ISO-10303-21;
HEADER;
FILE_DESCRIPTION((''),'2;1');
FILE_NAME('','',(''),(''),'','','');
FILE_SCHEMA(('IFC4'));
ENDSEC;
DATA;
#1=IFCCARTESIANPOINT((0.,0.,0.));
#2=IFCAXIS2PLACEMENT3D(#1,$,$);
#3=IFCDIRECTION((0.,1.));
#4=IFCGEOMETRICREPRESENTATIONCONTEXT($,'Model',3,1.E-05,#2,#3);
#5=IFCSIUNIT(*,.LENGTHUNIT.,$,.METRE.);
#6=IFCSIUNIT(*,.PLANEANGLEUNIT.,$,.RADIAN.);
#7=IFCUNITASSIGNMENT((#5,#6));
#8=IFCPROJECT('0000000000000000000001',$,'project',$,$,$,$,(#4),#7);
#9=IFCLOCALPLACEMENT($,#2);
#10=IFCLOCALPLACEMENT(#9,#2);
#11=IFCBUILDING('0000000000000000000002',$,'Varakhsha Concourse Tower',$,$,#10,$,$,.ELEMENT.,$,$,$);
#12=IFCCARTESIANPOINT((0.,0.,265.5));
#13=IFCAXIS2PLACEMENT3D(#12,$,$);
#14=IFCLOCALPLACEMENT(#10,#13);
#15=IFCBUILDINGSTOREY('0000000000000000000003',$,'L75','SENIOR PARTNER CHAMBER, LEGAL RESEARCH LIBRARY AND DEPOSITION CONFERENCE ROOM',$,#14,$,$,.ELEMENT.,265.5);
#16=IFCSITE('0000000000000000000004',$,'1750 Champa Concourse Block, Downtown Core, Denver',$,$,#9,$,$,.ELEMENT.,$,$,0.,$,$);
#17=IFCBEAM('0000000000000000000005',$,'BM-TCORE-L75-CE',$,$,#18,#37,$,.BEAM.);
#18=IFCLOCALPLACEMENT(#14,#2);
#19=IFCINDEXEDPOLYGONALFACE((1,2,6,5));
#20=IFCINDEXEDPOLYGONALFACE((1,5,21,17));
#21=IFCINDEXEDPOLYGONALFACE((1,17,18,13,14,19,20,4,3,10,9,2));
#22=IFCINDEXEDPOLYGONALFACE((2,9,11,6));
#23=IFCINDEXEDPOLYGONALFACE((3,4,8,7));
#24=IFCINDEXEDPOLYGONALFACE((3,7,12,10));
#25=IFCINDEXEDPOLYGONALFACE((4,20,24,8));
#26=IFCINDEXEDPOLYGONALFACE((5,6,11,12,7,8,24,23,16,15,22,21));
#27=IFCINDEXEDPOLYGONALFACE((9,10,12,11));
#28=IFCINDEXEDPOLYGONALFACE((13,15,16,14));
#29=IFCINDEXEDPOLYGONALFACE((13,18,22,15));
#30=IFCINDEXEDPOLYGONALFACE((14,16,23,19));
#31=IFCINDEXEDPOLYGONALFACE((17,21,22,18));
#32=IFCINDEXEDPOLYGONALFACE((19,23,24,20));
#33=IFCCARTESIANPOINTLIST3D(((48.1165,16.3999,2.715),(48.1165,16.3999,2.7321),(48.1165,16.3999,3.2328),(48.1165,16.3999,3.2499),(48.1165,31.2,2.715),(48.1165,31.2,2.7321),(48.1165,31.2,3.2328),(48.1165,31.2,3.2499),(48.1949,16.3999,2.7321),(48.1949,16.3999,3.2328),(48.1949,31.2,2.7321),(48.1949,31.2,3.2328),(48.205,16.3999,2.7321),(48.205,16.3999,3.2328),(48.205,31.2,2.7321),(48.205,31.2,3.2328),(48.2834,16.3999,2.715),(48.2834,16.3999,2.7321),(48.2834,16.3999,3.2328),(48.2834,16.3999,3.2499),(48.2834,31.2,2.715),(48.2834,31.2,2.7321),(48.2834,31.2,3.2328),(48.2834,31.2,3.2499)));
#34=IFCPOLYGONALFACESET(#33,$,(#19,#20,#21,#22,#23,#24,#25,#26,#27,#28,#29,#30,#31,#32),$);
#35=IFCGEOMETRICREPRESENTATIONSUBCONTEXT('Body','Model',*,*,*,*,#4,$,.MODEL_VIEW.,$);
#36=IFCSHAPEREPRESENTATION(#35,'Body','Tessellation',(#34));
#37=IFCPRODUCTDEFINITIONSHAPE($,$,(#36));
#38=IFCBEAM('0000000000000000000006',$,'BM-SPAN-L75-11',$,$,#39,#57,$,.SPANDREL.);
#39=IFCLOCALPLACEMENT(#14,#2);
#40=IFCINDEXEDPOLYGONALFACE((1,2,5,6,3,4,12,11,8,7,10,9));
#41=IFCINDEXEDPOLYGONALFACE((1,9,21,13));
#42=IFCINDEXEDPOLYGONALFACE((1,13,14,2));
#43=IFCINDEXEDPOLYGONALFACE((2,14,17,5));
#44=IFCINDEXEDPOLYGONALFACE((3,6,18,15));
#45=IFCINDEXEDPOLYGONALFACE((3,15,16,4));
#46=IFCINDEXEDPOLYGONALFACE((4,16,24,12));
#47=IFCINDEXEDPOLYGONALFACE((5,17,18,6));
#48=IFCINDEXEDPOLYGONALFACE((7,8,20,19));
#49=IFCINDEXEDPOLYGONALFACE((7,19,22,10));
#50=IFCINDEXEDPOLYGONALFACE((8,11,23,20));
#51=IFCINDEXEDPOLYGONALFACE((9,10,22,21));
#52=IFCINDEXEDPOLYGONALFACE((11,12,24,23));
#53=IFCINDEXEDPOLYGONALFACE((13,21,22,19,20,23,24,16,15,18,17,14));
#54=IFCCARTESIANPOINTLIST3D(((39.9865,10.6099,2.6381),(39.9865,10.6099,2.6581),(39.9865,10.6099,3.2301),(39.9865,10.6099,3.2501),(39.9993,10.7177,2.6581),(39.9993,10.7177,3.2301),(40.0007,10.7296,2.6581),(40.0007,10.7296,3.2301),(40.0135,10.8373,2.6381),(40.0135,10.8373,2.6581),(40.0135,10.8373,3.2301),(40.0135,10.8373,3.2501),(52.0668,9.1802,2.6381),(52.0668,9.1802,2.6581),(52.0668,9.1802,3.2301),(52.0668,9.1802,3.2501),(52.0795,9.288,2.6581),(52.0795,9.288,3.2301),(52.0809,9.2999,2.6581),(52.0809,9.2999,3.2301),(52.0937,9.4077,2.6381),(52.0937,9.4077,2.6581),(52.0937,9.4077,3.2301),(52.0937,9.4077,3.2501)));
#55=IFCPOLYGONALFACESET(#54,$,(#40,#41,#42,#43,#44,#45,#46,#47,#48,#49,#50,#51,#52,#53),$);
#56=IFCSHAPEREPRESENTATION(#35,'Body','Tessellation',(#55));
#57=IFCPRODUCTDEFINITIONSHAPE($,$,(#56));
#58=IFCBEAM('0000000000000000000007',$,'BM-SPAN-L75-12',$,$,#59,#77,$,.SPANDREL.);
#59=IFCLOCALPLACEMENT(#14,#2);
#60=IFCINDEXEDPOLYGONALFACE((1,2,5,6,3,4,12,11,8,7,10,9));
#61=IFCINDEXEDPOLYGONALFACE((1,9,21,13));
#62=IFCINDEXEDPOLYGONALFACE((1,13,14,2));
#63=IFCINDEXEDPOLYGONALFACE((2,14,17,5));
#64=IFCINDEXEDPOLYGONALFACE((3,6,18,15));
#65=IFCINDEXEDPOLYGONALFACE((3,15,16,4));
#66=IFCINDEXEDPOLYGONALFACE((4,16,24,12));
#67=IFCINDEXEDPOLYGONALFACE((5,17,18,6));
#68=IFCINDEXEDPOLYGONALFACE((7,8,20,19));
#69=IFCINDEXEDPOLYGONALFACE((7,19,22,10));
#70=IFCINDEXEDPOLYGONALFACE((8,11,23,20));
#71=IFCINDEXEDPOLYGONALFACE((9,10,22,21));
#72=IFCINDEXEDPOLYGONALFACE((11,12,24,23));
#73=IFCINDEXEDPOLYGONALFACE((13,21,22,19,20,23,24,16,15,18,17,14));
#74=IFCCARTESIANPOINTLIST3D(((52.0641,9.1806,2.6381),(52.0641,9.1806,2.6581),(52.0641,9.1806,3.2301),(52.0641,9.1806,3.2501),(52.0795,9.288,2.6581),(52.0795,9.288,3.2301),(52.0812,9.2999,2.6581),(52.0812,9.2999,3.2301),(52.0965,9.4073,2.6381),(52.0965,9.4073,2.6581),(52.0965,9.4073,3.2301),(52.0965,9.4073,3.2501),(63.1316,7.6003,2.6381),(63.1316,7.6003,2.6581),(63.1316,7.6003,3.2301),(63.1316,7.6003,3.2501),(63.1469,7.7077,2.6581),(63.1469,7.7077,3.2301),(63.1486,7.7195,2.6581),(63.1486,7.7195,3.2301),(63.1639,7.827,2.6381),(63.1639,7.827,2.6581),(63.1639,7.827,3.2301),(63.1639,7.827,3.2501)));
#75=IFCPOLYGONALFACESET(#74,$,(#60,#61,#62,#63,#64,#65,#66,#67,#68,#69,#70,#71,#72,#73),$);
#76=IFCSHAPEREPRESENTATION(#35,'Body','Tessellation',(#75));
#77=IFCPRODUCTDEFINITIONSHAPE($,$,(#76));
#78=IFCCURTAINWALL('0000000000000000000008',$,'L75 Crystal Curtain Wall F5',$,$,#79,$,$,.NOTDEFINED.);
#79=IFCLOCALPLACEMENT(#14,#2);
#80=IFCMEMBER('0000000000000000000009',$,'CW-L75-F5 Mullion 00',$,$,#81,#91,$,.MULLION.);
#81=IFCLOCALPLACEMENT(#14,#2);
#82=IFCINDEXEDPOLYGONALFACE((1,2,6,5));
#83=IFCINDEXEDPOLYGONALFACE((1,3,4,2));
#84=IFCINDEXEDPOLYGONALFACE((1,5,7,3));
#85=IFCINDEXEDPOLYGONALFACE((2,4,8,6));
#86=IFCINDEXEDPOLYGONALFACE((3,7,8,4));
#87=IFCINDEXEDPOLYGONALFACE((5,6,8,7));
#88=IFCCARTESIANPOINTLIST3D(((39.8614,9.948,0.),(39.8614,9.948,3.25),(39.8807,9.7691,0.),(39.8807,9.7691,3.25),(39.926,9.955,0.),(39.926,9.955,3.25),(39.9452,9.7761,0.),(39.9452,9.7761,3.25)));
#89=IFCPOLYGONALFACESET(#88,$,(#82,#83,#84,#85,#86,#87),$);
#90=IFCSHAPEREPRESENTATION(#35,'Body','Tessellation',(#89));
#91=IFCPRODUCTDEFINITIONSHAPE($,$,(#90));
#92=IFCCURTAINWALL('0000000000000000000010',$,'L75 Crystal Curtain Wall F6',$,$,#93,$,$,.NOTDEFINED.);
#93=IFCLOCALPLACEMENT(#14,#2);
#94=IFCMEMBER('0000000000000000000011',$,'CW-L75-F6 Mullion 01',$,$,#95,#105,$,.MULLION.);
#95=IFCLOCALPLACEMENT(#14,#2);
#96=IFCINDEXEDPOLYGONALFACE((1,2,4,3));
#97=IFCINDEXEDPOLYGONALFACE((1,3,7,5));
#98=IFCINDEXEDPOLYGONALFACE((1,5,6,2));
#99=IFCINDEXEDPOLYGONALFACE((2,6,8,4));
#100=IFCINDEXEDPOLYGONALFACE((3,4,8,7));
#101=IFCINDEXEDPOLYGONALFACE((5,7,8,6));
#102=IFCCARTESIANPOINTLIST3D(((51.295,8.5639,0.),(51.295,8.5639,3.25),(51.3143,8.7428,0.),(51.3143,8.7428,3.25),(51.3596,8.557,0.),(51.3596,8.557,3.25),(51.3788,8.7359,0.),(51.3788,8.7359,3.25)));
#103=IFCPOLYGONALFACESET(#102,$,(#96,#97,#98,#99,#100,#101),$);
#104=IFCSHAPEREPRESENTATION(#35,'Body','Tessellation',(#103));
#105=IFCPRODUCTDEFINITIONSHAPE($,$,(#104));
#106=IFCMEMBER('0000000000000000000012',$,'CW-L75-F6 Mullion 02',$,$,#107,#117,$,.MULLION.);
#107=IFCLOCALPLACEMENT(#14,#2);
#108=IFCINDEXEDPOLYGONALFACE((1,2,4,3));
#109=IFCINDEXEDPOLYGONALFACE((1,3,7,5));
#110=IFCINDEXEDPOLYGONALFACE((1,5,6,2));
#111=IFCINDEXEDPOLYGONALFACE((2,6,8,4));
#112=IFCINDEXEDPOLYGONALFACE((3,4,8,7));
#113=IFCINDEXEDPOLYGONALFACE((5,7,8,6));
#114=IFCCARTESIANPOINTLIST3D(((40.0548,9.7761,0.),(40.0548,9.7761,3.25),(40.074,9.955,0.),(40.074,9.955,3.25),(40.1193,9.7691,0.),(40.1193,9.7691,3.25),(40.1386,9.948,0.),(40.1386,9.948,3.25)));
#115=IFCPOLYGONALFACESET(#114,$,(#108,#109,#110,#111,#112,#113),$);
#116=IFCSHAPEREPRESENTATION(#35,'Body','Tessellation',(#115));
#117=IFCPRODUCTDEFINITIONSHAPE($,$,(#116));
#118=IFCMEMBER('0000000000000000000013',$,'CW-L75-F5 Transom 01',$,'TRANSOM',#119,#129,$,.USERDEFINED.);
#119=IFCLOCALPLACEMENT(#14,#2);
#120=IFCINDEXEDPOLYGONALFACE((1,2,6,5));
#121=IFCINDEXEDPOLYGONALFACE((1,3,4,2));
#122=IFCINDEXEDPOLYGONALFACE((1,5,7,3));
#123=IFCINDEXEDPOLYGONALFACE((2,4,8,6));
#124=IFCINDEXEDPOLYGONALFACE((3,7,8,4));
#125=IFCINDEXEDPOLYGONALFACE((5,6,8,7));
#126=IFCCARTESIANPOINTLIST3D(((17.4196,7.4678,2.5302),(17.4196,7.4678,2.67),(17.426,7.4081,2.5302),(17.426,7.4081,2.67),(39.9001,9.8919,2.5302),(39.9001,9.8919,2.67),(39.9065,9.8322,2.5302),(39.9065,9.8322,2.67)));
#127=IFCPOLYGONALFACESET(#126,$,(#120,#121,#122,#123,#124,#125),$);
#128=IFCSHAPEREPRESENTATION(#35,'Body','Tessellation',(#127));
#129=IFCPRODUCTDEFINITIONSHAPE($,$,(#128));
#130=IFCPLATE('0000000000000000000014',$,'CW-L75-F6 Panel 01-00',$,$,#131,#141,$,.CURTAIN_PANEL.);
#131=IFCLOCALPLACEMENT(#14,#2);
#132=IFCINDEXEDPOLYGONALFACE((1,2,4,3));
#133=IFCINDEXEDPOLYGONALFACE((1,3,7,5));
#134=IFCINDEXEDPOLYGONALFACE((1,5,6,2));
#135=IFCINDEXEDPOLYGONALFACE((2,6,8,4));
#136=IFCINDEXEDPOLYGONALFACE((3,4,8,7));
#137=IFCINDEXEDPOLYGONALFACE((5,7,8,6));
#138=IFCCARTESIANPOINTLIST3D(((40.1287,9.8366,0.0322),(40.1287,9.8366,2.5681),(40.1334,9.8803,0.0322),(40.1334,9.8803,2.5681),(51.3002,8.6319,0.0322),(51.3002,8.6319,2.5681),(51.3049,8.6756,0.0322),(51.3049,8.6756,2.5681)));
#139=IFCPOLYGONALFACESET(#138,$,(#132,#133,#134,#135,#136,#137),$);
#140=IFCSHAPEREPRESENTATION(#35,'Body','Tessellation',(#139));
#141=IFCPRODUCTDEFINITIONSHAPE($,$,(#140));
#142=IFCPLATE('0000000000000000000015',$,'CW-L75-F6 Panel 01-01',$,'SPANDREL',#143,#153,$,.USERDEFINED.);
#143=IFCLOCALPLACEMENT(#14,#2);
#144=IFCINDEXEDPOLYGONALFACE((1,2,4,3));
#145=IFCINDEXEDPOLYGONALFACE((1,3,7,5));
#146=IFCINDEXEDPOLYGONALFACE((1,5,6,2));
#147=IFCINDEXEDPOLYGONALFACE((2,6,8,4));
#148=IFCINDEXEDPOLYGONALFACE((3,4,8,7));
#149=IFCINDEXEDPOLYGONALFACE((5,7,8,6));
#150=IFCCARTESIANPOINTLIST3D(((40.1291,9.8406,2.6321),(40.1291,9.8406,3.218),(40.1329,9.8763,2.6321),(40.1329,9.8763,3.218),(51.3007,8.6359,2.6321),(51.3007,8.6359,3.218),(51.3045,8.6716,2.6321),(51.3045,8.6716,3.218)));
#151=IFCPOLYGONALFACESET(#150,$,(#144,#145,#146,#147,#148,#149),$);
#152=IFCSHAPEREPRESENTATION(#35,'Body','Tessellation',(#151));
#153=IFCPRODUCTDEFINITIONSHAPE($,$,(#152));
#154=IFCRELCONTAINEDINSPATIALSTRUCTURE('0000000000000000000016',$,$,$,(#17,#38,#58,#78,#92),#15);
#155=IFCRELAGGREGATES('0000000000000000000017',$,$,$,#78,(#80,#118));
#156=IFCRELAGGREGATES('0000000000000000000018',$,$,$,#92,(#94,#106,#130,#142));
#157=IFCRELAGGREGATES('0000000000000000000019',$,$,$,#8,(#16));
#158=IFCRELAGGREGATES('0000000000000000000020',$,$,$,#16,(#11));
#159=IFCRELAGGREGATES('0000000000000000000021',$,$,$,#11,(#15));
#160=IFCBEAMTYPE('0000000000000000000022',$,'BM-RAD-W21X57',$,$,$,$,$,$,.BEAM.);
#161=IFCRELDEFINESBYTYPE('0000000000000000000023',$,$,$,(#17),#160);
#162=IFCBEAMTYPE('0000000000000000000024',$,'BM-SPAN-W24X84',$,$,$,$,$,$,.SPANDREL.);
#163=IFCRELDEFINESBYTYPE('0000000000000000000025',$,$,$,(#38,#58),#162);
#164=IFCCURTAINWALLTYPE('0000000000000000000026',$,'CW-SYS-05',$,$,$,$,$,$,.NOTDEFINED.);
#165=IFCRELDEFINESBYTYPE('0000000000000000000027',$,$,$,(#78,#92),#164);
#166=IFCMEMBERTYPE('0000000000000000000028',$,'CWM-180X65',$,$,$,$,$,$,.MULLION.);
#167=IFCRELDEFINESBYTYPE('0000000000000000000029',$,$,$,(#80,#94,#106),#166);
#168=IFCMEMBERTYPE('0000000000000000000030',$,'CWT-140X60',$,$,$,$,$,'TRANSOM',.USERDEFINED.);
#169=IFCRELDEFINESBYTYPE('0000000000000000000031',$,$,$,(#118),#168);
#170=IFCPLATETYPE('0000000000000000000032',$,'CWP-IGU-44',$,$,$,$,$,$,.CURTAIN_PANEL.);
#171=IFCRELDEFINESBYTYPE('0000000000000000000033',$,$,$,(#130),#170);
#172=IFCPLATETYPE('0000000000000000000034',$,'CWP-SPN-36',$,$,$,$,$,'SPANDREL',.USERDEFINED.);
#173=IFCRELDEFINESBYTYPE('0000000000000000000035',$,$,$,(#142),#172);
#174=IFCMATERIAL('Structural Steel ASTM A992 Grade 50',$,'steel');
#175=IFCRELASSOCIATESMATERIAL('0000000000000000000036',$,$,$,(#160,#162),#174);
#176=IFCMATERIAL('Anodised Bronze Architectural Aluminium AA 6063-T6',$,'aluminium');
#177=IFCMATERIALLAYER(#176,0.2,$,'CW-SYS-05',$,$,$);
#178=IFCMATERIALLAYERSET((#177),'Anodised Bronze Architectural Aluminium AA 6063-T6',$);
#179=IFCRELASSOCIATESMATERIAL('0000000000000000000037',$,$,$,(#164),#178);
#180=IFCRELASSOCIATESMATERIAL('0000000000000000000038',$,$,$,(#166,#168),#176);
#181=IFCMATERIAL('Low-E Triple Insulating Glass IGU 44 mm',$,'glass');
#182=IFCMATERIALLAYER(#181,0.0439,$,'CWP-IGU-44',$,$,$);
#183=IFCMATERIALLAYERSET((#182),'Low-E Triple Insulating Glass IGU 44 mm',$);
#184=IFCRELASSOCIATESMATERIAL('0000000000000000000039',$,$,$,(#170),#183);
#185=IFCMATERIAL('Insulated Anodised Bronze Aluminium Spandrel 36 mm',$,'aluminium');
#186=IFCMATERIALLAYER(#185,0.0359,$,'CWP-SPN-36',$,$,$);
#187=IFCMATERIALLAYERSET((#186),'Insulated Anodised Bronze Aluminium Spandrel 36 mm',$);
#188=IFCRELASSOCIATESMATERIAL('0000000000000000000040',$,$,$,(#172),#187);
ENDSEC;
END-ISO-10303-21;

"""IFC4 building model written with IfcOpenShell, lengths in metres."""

from ifc_helpers import new_model, si_unit, direction, frame, origin, origin_2d, place, context, subcontext, project, spatial, rectangle, i_section, extrude, source, transform, mapped, material, layer, layer_set, material_profile, profile_set, type_object, type_shapes, element, aggregate, save


model = new_model("IFC4")

# Units and contexts
model_context = context("Model", 3, precision=1e-05, world=origin(), true_north=direction((0.0, 1.0)))
body_context = subcontext(model_context, "Body", "Model", "MODEL_VIEW")
ifc_project = project(units=[si_unit("LENGTHUNIT", "METRE"), si_unit("PLANEANGLEUNIT", "RADIAN")], contexts=[model_context])

# Site, building, storey
site_placement = place(None, origin())
site = spatial("IfcSite", under=ifc_project, at=site_placement, Name="1750 Champa Concourse Block, Downtown Core, Denver", CompositionType="ELEMENT", RefElevation=0.0)
building_placement = place(site_placement, origin())
building = spatial("IfcBuilding", under=site, at=building_placement, Name="Varakhsha Concourse Tower", CompositionType="ELEMENT")
storey_placement = place(building_placement, frame((0.0, 0.0, 265.5)))
storey = spatial("IfcBuildingStorey", under=building, at=storey_placement, Name="L75", Description="SENIOR PARTNER CHAMBER, LEGAL RESEARCH LIBRARY AND DEPOSITION CONFERENCE ROOM", CompositionType="ELEMENT", Elevation=265.5)

# Shared definitions
ifc_material_1 = material(Name="Structural Steel ASTM A992 Grade 50", Category="steel")

# Beams
ifc_material_profile_1 = material_profile(ifc_material_1, i_section(OverallWidth=0.167, OverallDepth=0.5349, WebThickness=0.01, FlangeThickness=0.0171, at=origin_2d()), Name="W21X57")
ifc_profile_set_1 = profile_set([ifc_material_profile_1], Name="Structural Steel ASTM A992 Grade 50")
beam_type_1 = type_object("IfcBeamType", Name="BM-RAD-W21X57", PredefinedType="BEAM", material=ifc_profile_set_1)
beam_1_placement = place(storey_placement, frame((48.2, 16.3999, 2.9824), z_axis=(0.0, 1.0, 0.0), x_axis=(-1.0, 0.0, 0.0)))
element("IfcBeam", 1, at=beam_1_placement, inside=storey, type_object=beam_type_1, Name="BM-TCORE-L75-CE", PredefinedType="BEAM", context=body_context, shape_type="SweptSolid", body=[
    extrude(i_section(OverallWidth=0.167, OverallDepth=0.5349, WebThickness=0.01, FlangeThickness=0.0171, at=origin_2d()), origin(), (0.0, 0.0, 1.0), 14.8),
])
ifc_material_profile_2 = material_profile(ifc_material_1, i_section(OverallWidth=0.229, OverallDepth=0.6121, WebThickness=0.012, FlangeThickness=0.02, at=origin_2d()), Name="W24X84")
ifc_profile_set_2 = profile_set([ifc_material_profile_2], Name="Structural Steel ASTM A992 Grade 50")
beam_type_2 = type_object("IfcBeamType", Name="BM-SPAN-W24X84", PredefinedType="SPANDREL", material=ifc_profile_set_2)
beam_2_placement = place(storey_placement, frame((40.0, 10.7236, 2.9441), z_axis=(0.99307, -0.117528, 0.0), x_axis=(0.117528, 0.99307, 0.0)))
element("IfcBeam", 2, at=beam_2_placement, inside=storey, type_object=beam_type_2, Name="BM-SPAN-L75-11", PredefinedType="SPANDREL", context=body_context, shape_type="SweptSolid", body=[
    extrude(i_section(OverallWidth=0.229, OverallDepth=0.6121, WebThickness=0.012, FlangeThickness=0.02, at=origin_2d()), origin(), (0.0, 0.0, 1.0), 12.1646),
])
beam_3_placement = place(storey_placement, frame((52.0803, 9.2939, 2.9441), z_axis=(0.989959, -0.141357, 0.0), x_axis=(0.141357, 0.989959, 0.0)))
element("IfcBeam", 3, at=beam_3_placement, inside=storey, type_object=beam_type_2, Name="BM-SPAN-L75-12", PredefinedType="SPANDREL", context=body_context, shape_type="SweptSolid", body=[
    extrude(i_section(OverallWidth=0.229, OverallDepth=0.6121, WebThickness=0.012, FlangeThickness=0.02, at=origin_2d()), origin(), (0.0, 0.0, 1.0), 11.1797),
])

# Curtain wall, member
ifc_material_2 = material(Name="Anodised Bronze Architectural Aluminium AA 6063-T6", Category="aluminium")
ifc_layer_1 = layer(ifc_material_2, 0.2, Name="CW-SYS-05")
ifc_layer_set_1 = layer_set([ifc_layer_1], Name="Anodised Bronze Architectural Aluminium AA 6063-T6")
curtain_wall_type = type_object("IfcCurtainWallType", Name="CW-SYS-05", PredefinedType="NOTDEFINED", material=ifc_layer_set_1)
curtain_wall_1_placement = place(storey_placement, origin())
curtain_wall_1 = element("IfcCurtainWall", 4, at=curtain_wall_1_placement, inside=storey, type_object=curtain_wall_type, Name="L75 Crystal Curtain Wall F5", PredefinedType="NOTDEFINED")
ifc_material_profile_3 = material_profile(ifc_material_2, rectangle(XDim=0.0649, YDim=0.1799, at=origin_2d()), Name="CWM-180X65")
ifc_profile_set_3 = profile_set([ifc_material_profile_3], Name="Anodised Bronze Architectural Aluminium AA 6063-T6")
member_type_1 = type_object("IfcMemberType", Name="CWM-180X65", PredefinedType="MULLION", material=ifc_profile_set_3)
shared_shape_1 = source(origin(), body_context, "Body", "SweptSolid", [
    extrude(rectangle(XDim=0.0649, YDim=0.1799, at=origin_2d()), origin(), (0.0, 0.0, 1.0), 3.25),
])
type_shapes(member_type_1, [shared_shape_1])
member_1_placement = place(storey_placement, frame((39.9033, 9.8621, 0.0), z_axis=(0.0, 0.0, 1.0), x_axis=(-0.994236, -0.10721, 0.0)))
member_1 = element("IfcMember", 5, at=member_1_placement, type_object=member_type_1, Name="CW-L75-F5 Mullion 00", PredefinedType="MULLION", context=body_context, shape_type="MappedRepresentation", body=[
    mapped(shared_shape_1, transform((0.0, 0.0, 0.0), scale=1.0)),
])

# Curtain wall, members
curtain_wall_2_placement = place(storey_placement, origin())
curtain_wall_2 = element("IfcCurtainWall", 6, at=curtain_wall_2_placement, inside=storey, type_object=curtain_wall_type, Name="L75 Crystal Curtain Wall F6", PredefinedType="NOTDEFINED")
member_2_placement = place(storey_placement, frame((51.3369, 8.6499, 0.0), z_axis=(0.0, 0.0, 1.0), x_axis=(-0.994236, 0.10721, 0.0)))
member_2 = element("IfcMember", 7, at=member_2_placement, type_object=member_type_1, Name="CW-L75-F6 Mullion 01", PredefinedType="MULLION", context=body_context, shape_type="MappedRepresentation", body=[
    mapped(shared_shape_1, transform((0.0, 0.0, 0.0), scale=1.0)),
])
member_3_placement = place(storey_placement, frame((40.0967, 9.8621, 0.0), z_axis=(0.0, 0.0, 1.0), x_axis=(-0.994236, 0.10721, 0.0)))
member_3 = element("IfcMember", 8, at=member_3_placement, type_object=member_type_1, Name="CW-L75-F6 Mullion 02", PredefinedType="MULLION", context=body_context, shape_type="MappedRepresentation", body=[
    mapped(shared_shape_1, transform((0.0, 0.0, 0.0), scale=1.0)),
])

# Member
ifc_material_profile_4 = material_profile(ifc_material_2, rectangle(XDim=0.0601, YDim=0.1399, at=origin_2d()), Name="CWT-140X60")
ifc_profile_set_4 = profile_set([ifc_material_profile_4], Name="Anodised Bronze Architectural Aluminium AA 6063-T6")
member_type_2 = type_object("IfcMemberType", Name="CWT-140X60", ElementType="TRANSOM", PredefinedType="USERDEFINED", material=ifc_profile_set_4)
shared_shape_2 = source(origin(), body_context, "Body", "SweptSolid", [
    extrude(rectangle(XDim=0.0601, YDim=0.1399, at=origin_2d()), origin(), (0.0, 0.0, 1.0), 22.6108),
])
type_shapes(member_type_2, [shared_shape_2])
member_4_placement = place(storey_placement, frame((39.9033, 9.8621, 2.6001), z_axis=(-0.994237, -0.107209, 0.0), x_axis=(0.107209, -0.994237, 0.0)))
member_4 = element("IfcMember", 9, at=member_4_placement, type_object=member_type_2, Name="CW-L75-F5 Transom 01", ObjectType="TRANSOM", PredefinedType="USERDEFINED", context=body_context, shape_type="MappedRepresentation", body=[
    mapped(shared_shape_2, transform((0.0, 0.0, 0.0), scale=1.0)),
])
aggregate(curtain_wall_1, [member_1, member_4])

# Plates
ifc_material_3 = material(Name="Low-E Triple Insulating Glass IGU 44 mm", Category="glass")
ifc_layer_2 = layer(ifc_material_3, 0.0439, Name="CWP-IGU-44")
ifc_layer_set_2 = layer_set([ifc_layer_2], Name="Low-E Triple Insulating Glass IGU 44 mm")
plate_type_1 = type_object("IfcPlateType", Name="CWP-IGU-44", PredefinedType="CURTAIN_PANEL", material=ifc_layer_set_2)
shared_shape_3 = source(origin(), body_context, "Body", "SweptSolid", [
    extrude(rectangle(XDim=11.2363, YDim=0.0439, at=origin_2d()), origin(), (0.0, 0.0, 1.0), 2.5359),
])
type_shapes(plate_type_1, [shared_shape_3])
plate_1_placement = place(storey_placement, frame((45.7168, 9.2561, 0.0322), z_axis=(0.0, 0.0, 1.0), x_axis=(-0.994236, 0.10721, 0.0)))
plate_1 = element("IfcPlate", 10, at=plate_1_placement, type_object=plate_type_1, Name="CW-L75-F6 Panel 01-00", PredefinedType="CURTAIN_PANEL", context=body_context, shape_type="MappedRepresentation", body=[
    mapped(shared_shape_3, transform((0.0, 0.0, 0.0), scale=1.0)),
])
ifc_material_4 = material(Name="Insulated Anodised Bronze Aluminium Spandrel 36 mm", Category="aluminium")
ifc_layer_3 = layer(ifc_material_4, 0.0359, Name="CWP-SPN-36")
ifc_layer_set_3 = layer_set([ifc_layer_3], Name="Insulated Anodised Bronze Aluminium Spandrel 36 mm")
plate_type_2 = type_object("IfcPlateType", Name="CWP-SPN-36", ElementType="SPANDREL", PredefinedType="USERDEFINED", material=ifc_layer_set_3)
shared_shape_4 = source(origin(), body_context, "Body", "SweptSolid", [
    extrude(rectangle(XDim=11.2363, YDim=0.0359, at=origin_2d()), origin(), (0.0, 0.0, 1.0), 0.5859),
])
type_shapes(plate_type_2, [shared_shape_4])
plate_2_placement = place(storey_placement, frame((45.7168, 9.2561, 2.6321), z_axis=(0.0, 0.0, 1.0), x_axis=(-0.994236, 0.10721, 0.0)))
plate_2 = element("IfcPlate", 11, at=plate_2_placement, type_object=plate_type_2, Name="CW-L75-F6 Panel 01-01", ObjectType="SPANDREL", PredefinedType="USERDEFINED", context=body_context, shape_type="MappedRepresentation", body=[
    mapped(shared_shape_4, transform((0.0, 0.0, 0.0), scale=1.0)),
])
aggregate(curtain_wall_2, [member_2, member_3, plate_1, plate_2])

save(model, "model.ifc")
